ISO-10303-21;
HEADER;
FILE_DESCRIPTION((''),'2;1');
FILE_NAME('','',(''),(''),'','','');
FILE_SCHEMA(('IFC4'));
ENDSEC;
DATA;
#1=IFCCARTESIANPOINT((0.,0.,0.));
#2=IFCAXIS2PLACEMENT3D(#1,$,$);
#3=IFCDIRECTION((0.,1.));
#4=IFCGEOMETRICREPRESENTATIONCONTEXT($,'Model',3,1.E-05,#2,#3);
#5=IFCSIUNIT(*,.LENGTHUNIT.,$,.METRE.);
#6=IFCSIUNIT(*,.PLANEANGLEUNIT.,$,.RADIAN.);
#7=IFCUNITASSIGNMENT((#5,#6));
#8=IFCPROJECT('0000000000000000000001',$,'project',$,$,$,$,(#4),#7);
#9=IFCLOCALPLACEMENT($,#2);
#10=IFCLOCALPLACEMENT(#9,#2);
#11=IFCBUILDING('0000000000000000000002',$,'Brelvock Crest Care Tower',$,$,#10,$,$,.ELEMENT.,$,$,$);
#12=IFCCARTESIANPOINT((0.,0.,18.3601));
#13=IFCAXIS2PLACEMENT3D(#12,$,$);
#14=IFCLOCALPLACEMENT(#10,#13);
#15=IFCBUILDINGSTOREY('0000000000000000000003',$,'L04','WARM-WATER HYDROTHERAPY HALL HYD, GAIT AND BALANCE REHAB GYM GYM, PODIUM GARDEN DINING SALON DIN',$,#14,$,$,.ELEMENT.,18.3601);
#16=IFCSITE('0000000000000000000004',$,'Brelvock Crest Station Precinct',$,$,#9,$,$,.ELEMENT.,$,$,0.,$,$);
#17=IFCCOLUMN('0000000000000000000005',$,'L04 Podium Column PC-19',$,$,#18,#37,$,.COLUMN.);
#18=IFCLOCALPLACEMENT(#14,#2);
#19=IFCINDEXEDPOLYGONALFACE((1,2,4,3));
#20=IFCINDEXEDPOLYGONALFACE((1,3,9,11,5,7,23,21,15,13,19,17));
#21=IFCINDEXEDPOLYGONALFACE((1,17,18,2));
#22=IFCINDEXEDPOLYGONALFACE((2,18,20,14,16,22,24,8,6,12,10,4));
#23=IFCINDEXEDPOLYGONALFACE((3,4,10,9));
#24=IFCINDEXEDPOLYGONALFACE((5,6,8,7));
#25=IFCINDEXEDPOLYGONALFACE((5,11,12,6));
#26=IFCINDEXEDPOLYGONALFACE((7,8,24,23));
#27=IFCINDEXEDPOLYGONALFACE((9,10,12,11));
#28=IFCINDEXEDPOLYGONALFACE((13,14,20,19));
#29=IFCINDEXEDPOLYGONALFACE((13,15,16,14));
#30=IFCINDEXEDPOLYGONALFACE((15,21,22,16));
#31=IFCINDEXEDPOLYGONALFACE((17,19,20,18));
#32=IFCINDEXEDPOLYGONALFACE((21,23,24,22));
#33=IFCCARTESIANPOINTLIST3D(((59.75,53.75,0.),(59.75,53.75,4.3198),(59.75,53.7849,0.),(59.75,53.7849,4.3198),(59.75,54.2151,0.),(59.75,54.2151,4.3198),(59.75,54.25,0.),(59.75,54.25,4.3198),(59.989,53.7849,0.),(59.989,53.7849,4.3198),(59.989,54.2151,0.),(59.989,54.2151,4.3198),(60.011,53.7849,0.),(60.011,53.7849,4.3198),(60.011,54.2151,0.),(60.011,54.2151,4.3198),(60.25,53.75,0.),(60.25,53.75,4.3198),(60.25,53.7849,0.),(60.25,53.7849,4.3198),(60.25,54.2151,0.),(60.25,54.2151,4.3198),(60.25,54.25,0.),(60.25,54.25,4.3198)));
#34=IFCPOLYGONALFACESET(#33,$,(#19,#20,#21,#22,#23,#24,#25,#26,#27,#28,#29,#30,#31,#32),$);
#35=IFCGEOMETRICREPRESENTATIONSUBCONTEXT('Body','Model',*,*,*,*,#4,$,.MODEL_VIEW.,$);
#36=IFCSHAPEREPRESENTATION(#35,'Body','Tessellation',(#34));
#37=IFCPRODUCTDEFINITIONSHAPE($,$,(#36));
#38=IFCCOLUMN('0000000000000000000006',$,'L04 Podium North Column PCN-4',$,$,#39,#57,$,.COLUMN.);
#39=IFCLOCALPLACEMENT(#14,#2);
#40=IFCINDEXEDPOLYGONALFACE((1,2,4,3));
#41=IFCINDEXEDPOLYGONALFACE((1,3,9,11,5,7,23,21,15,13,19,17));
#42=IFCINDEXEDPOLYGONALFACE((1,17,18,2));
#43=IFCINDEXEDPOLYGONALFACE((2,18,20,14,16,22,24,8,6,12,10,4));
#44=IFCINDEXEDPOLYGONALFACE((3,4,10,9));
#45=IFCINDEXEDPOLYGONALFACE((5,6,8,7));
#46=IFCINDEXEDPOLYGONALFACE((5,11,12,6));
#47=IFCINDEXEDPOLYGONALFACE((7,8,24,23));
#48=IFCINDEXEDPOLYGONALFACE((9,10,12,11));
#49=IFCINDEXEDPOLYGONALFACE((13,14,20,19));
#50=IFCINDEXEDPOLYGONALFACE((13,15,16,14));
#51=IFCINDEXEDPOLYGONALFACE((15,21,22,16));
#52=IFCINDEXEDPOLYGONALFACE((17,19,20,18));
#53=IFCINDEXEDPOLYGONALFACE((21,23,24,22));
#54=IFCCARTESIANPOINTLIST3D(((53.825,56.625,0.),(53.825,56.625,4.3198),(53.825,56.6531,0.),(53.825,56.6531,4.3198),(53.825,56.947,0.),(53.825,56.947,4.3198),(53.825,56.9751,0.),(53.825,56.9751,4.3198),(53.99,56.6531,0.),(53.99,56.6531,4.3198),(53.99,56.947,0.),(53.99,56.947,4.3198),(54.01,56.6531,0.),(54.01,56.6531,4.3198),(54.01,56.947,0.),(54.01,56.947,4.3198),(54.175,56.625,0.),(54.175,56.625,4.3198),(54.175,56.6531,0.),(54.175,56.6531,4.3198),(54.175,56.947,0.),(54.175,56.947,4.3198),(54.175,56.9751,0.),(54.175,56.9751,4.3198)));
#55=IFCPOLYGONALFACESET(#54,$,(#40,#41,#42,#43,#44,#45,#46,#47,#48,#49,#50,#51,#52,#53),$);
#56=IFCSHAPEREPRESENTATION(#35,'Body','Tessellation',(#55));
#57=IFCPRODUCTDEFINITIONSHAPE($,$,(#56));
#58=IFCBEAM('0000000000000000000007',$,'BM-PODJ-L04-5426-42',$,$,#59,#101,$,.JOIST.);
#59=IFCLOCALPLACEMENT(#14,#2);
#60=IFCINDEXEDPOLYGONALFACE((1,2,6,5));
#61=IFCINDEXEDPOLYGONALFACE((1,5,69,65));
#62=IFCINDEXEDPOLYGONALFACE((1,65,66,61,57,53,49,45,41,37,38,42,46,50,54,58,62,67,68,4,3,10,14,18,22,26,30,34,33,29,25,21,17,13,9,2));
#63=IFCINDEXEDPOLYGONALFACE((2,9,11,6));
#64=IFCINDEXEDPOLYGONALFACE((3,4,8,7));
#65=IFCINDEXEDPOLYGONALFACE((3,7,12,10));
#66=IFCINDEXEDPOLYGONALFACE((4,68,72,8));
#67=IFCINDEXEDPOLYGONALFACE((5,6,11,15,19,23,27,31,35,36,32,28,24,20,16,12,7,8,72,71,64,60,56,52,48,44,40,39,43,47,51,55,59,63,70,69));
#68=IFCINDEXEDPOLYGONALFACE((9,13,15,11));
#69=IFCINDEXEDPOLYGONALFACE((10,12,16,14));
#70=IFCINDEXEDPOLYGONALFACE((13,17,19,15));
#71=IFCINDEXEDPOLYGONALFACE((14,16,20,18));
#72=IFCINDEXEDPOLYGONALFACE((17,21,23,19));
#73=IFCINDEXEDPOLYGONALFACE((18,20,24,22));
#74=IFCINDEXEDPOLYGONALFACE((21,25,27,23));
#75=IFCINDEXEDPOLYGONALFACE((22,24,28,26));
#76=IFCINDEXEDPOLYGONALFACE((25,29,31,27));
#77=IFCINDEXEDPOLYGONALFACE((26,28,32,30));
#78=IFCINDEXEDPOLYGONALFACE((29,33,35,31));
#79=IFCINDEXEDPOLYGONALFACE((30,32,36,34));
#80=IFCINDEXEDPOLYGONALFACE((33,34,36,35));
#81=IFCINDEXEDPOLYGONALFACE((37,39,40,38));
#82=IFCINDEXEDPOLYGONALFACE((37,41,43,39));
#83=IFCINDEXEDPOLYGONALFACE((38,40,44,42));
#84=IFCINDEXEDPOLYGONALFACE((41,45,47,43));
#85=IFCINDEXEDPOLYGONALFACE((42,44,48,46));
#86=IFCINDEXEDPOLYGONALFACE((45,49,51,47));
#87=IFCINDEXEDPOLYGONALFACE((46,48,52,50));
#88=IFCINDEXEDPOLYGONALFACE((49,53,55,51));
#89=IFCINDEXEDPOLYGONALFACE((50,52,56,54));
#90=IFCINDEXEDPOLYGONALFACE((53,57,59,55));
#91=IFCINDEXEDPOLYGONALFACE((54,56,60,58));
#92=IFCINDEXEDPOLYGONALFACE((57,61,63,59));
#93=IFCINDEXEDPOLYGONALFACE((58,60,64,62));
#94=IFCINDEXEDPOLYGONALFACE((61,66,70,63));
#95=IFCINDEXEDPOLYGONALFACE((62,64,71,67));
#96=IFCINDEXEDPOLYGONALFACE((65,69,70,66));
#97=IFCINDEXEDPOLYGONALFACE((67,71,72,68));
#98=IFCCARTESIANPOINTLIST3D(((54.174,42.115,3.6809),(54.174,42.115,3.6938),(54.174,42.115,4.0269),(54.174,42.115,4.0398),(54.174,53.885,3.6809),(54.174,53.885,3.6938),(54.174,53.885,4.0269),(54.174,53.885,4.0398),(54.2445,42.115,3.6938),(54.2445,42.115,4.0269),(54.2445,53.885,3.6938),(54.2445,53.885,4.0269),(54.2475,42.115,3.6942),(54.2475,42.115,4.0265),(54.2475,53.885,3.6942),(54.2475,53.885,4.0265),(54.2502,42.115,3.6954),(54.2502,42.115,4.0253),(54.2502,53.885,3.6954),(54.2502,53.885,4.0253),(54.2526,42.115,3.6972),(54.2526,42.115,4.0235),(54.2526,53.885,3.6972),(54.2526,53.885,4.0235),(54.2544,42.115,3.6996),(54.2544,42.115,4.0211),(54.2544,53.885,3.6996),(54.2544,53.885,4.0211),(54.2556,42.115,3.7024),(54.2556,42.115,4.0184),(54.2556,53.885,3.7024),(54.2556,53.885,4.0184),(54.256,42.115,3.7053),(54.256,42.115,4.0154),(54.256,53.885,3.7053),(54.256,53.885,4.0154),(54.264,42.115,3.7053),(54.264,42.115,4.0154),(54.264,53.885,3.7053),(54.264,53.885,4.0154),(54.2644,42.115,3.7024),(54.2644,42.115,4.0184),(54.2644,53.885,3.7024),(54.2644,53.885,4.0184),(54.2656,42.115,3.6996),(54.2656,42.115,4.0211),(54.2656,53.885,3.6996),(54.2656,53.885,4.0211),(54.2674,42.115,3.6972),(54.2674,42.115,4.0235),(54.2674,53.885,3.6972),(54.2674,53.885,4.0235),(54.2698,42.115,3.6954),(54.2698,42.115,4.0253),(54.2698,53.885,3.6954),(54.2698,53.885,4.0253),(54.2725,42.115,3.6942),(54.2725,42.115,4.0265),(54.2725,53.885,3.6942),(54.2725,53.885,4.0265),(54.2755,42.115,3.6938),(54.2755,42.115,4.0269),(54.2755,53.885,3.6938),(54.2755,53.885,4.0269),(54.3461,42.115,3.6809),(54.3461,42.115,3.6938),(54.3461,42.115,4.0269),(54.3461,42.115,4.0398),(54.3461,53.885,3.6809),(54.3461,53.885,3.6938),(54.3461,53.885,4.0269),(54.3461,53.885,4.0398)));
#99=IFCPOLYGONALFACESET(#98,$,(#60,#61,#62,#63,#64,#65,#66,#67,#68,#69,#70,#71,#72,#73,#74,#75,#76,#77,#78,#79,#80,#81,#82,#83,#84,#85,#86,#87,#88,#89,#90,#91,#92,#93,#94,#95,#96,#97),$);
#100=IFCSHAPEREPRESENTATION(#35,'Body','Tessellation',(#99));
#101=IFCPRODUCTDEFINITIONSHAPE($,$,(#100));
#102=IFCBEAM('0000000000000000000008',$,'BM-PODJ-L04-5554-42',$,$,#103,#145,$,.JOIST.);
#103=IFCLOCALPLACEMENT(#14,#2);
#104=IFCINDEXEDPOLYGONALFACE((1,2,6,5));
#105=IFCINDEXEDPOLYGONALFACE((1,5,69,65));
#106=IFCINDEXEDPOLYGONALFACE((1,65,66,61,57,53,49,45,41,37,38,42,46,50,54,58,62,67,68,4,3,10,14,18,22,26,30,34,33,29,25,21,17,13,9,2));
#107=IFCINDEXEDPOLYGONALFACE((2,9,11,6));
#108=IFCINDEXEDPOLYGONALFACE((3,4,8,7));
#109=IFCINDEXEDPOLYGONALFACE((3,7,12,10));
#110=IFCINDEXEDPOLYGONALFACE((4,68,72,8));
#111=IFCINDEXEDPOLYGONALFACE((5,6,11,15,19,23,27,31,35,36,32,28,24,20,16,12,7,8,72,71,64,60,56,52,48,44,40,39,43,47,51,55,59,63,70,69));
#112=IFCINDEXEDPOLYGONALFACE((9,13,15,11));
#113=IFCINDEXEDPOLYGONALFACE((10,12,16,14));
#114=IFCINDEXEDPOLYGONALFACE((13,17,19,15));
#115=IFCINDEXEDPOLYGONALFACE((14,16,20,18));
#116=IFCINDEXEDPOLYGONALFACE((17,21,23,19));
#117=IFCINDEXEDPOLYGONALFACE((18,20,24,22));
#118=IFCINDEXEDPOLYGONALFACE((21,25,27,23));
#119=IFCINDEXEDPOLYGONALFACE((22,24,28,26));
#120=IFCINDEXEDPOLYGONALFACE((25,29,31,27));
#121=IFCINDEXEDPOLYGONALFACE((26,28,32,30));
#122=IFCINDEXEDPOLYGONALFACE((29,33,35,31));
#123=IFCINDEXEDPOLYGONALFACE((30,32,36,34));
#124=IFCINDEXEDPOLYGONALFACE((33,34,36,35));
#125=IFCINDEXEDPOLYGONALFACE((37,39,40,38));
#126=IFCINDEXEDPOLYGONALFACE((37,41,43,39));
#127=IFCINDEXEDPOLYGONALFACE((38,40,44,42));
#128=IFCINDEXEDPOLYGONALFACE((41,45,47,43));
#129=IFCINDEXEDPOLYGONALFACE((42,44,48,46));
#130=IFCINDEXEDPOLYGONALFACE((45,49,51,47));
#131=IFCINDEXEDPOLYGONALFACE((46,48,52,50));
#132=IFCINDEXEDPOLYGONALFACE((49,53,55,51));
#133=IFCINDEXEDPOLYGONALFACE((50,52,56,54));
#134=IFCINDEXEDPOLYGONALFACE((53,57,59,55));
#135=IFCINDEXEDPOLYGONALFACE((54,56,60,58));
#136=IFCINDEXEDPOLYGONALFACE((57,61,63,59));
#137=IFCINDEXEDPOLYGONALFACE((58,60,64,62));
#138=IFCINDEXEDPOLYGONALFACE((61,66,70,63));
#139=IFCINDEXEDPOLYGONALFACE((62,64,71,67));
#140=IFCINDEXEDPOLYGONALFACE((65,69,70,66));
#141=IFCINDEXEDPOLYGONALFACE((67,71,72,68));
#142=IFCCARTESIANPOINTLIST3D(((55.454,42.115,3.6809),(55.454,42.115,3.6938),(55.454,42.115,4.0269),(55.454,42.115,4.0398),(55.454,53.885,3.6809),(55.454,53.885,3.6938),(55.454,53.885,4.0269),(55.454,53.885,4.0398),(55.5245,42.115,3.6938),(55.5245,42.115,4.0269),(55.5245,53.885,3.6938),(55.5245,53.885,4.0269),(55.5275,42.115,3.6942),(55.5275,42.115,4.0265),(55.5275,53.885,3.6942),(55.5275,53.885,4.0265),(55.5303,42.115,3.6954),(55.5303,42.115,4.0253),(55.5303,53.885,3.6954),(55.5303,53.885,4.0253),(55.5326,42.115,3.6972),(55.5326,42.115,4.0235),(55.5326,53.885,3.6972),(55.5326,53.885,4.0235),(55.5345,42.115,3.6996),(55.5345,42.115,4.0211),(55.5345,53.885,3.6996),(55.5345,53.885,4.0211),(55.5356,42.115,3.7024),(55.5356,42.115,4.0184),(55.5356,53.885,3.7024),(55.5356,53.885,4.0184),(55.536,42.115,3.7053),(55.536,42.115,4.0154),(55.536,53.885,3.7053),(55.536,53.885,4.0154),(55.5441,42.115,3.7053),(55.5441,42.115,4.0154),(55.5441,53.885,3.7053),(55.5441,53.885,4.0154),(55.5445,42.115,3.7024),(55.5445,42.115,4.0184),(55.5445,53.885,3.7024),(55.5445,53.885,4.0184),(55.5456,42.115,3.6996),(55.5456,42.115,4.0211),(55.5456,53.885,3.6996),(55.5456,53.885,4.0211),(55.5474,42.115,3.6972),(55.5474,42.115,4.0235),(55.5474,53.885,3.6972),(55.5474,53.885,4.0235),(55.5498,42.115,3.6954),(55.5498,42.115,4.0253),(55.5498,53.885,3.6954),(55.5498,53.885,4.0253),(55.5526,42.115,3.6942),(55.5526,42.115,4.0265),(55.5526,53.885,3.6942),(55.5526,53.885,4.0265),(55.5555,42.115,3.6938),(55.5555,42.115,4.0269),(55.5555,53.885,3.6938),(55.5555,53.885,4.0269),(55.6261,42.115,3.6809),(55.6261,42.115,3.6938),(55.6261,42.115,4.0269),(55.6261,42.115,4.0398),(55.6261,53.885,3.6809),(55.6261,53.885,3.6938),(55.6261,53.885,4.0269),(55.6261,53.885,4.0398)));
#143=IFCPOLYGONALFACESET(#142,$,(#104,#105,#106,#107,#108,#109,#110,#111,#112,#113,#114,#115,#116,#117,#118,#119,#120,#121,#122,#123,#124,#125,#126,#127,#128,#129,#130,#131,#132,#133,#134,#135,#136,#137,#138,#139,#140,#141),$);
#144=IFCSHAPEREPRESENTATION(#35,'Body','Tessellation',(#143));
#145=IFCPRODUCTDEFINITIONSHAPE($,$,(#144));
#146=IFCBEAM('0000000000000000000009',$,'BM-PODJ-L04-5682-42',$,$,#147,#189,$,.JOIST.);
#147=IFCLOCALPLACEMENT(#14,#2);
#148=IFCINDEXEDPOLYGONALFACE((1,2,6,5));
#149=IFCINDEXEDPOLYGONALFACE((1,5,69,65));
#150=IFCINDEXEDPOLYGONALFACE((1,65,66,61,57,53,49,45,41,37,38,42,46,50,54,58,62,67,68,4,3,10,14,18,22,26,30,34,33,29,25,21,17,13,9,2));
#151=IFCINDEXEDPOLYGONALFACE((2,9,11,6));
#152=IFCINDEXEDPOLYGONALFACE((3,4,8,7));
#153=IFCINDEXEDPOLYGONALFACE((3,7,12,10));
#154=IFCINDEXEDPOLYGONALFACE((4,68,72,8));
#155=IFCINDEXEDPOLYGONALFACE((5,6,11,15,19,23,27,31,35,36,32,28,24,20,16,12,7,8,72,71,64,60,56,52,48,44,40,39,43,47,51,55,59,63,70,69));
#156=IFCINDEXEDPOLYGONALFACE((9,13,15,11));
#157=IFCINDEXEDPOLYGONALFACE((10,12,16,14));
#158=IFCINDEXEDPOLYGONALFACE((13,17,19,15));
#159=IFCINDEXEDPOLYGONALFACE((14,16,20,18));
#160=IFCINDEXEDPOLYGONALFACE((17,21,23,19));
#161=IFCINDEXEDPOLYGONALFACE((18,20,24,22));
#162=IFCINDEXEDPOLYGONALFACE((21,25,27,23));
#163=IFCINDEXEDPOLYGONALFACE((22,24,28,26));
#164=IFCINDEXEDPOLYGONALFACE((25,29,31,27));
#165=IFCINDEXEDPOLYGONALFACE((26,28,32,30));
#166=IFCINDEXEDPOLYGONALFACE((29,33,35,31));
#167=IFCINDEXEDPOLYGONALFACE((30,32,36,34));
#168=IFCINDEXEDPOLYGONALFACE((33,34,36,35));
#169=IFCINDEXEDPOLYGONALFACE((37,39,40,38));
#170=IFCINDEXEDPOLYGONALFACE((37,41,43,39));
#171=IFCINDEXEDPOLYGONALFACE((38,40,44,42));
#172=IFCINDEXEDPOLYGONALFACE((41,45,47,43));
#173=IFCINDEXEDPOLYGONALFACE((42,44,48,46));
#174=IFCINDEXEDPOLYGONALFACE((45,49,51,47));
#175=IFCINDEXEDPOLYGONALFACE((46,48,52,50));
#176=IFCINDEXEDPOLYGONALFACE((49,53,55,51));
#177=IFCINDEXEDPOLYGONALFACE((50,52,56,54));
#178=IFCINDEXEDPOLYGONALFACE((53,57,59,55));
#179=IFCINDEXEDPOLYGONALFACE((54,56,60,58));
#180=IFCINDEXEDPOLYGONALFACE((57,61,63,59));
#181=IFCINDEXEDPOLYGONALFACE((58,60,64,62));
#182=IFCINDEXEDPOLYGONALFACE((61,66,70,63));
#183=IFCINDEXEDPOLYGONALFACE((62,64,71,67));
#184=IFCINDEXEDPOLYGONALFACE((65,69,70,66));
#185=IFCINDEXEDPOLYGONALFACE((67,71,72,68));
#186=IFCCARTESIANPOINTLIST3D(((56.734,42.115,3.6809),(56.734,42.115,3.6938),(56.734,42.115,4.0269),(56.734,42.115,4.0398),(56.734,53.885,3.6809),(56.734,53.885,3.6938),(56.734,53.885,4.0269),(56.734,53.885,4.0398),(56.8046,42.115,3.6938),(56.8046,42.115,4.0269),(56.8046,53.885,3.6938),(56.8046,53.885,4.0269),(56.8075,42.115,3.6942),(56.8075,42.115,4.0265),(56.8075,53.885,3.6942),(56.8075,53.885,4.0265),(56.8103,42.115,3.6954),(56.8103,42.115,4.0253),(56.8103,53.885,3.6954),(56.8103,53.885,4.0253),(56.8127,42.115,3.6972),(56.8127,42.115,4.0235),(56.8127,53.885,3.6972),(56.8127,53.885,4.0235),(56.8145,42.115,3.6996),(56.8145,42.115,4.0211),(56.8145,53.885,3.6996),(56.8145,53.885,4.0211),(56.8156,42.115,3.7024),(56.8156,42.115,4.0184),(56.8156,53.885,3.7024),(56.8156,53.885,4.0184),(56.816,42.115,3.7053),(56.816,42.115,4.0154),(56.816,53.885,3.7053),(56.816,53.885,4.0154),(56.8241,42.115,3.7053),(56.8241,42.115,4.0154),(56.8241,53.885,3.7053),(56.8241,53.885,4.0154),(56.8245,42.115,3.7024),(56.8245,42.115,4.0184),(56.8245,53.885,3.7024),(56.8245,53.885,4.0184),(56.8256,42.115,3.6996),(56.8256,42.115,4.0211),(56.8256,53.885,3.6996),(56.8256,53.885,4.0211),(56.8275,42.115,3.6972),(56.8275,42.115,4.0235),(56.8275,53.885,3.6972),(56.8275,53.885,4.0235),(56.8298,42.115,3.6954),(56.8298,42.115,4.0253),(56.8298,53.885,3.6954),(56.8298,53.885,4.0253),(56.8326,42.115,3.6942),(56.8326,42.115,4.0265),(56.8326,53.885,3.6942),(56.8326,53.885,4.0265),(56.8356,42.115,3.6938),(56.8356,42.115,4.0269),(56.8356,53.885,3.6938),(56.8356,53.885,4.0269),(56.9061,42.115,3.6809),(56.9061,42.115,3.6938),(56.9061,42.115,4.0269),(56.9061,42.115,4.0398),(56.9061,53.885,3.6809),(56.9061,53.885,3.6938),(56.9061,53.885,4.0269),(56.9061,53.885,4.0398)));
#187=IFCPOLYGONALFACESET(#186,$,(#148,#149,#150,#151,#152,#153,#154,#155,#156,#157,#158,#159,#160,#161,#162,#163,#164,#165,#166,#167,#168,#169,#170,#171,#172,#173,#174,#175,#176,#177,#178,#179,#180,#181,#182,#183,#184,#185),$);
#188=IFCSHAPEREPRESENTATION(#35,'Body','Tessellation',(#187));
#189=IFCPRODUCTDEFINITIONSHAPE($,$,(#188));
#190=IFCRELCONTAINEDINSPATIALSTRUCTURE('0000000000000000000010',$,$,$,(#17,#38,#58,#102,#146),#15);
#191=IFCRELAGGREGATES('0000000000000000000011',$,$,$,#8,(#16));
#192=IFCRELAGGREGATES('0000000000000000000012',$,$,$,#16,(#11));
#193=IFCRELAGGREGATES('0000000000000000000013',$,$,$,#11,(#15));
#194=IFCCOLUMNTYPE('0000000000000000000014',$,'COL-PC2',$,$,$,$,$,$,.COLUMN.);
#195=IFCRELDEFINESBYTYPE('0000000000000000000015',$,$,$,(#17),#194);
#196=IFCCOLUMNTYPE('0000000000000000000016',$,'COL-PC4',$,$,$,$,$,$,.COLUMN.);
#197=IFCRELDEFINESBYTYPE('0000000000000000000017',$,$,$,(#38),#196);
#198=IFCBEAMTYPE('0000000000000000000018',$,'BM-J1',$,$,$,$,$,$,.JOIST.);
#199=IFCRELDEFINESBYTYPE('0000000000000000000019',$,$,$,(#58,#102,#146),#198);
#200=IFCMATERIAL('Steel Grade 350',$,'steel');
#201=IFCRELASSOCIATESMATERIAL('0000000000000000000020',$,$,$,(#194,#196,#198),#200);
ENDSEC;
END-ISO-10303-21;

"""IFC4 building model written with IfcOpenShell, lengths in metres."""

from ifc_helpers import new_model, si_unit, direction, frame, origin, origin_2d, place, context, subcontext, project, spatial, i_section, extrude, source, transform, mapped, material, material_profile, profile_set, type_object, element, save


model = new_model("IFC4")

# Units and contexts
model_context = context("Model", 3, precision=1e-05, world=origin(), true_north=direction((0.0, 1.0)))
body_context = subcontext(model_context, "Body", "Model", "MODEL_VIEW")
ifc_project = project(units=[si_unit("LENGTHUNIT", "METRE"), si_unit("PLANEANGLEUNIT", "RADIAN")], contexts=[model_context])

# Site, building, storey
site_placement = place(None, origin())
site = spatial("IfcSite", under=ifc_project, at=site_placement, Name="Brelvock Crest Station Precinct", CompositionType="ELEMENT", RefElevation=0.0)
building_placement = place(site_placement, origin())
building = spatial("IfcBuilding", under=site, at=building_placement, Name="Brelvock Crest Care Tower", CompositionType="ELEMENT")
storey_placement = place(building_placement, frame((0.0, 0.0, 18.3601)))
storey = spatial("IfcBuildingStorey", under=building, at=storey_placement, Name="L04", Description="WARM-WATER HYDROTHERAPY HALL HYD, GAIT AND BALANCE REHAB GYM GYM, PODIUM GARDEN DINING SALON DIN", CompositionType="ELEMENT", Elevation=18.3601)

# Columns
ifc_material_1 = material(Name="Steel Grade 350", Category="steel")
ifc_material_profile_1 = material_profile(ifc_material_1, i_section(OverallWidth=0.5, OverallDepth=0.5, WebThickness=0.022, FlangeThickness=0.0349, at=origin_2d()), Name="500WC340")
ifc_profile_set_1 = profile_set([ifc_material_profile_1], Name="Steel Grade 350")
column_type_1 = type_object("IfcColumnType", Name="COL-PC2", PredefinedType="COLUMN", material=ifc_profile_set_1)
shared_shape_1 = source(origin(), body_context, "Body", "SweptSolid", [
    extrude(i_section(OverallWidth=0.5, OverallDepth=0.5, WebThickness=0.022, FlangeThickness=0.0349, at=origin_2d()), origin(), (0.0, 0.0, 1.0), 4.3198),
])
column_1_placement = place(storey_placement, frame((60.0, 54.0, 0.0), z_axis=(0.0, 0.0, 1.0), x_axis=(1.0, 0.0, 0.0)))
element("IfcColumn", 1, at=column_1_placement, inside=storey, type_object=column_type_1, Name="L04 Podium Column PC-19", PredefinedType="COLUMN", context=body_context, shape_type="MappedRepresentation", body=[
    mapped(shared_shape_1, transform((0.0, 0.0, 0.0), x_axis=(1.0, 0.0, 0.0), y_axis=(0.0, 1.0, 0.0), z_axis=(0.0, 0.0, 1.0), scale=1.0)),
])
ifc_material_profile_2 = material_profile(ifc_material_1, i_section(OverallWidth=0.3501, OverallDepth=0.3501, WebThickness=0.02, FlangeThickness=0.0281, at=origin_2d()), Name="350WC197")
ifc_profile_set_2 = profile_set([ifc_material_profile_2], Name="Steel Grade 350")
column_type_2 = type_object("IfcColumnType", Name="COL-PC4", PredefinedType="COLUMN", material=ifc_profile_set_2)
shared_shape_2 = source(origin(), body_context, "Body", "SweptSolid", [
    extrude(i_section(OverallWidth=0.3501, OverallDepth=0.3501, WebThickness=0.02, FlangeThickness=0.0281, at=origin_2d()), origin(), (0.0, 0.0, 1.0), 4.3198),
])
column_2_placement = place(storey_placement, frame((54.0, 56.8, 0.0), z_axis=(0.0, 0.0, 1.0), x_axis=(1.0, 0.0, 0.0)))
element("IfcColumn", 2, at=column_2_placement, inside=storey, type_object=column_type_2, Name="L04 Podium North Column PCN-4", PredefinedType="COLUMN", context=body_context, shape_type="MappedRepresentation", body=[
    mapped(shared_shape_2, transform((0.0, 0.0, 0.0), x_axis=(1.0, 0.0, 0.0), y_axis=(0.0, 1.0, 0.0), z_axis=(0.0, 0.0, 1.0), scale=1.0)),
])

# Beams
ifc_material_profile_3 = material_profile(ifc_material_1, i_section(OverallWidth=0.1721, OverallDepth=0.3589, WebThickness=0.0081, FlangeThickness=0.0129, FilletRadius=0.0115, at=origin_2d()), Name="360UB56.7")
ifc_profile_set_3 = profile_set([ifc_material_profile_3], Name="Steel Grade 350")
beam_type = type_object("IfcBeamType", Name="BM-J1", PredefinedType="JOIST", material=ifc_profile_set_3)
shared_shape_3 = source(origin(), body_context, "Body", "SweptSolid", [
    extrude(i_section(OverallWidth=0.1721, OverallDepth=0.3589, WebThickness=0.0081, FlangeThickness=0.0129, FilletRadius=0.0115, at=origin_2d()), origin(), (0.0, 0.0, 1.0), 11.77),
])
for number, where, z_axis, x_axis, name in (
    (3, (54.26, 42.115, 3.8604), (0.0, 1.0, 0.0), (-1.0, 0.0, 0.0), "BM-PODJ-L04-5426-42"),
    (4, (55.54, 42.115, 3.8604), (0.0, 1.0, 0.0), (-1.0, 0.0, 0.0), "BM-PODJ-L04-5554-42"),
    (5, (56.8201, 42.115, 3.8604), (0.0, 1.0, 0.0), (-1.0, 0.0, 0.0), "BM-PODJ-L04-5682-42"),
):
    element("IfcBeam", number, at=place(storey_placement, frame(where, z_axis=z_axis, x_axis=x_axis)), inside=storey, type_object=beam_type, Name=name, PredefinedType="JOIST", context=body_context, shape_type="MappedRepresentation", body=[
        mapped(shared_shape_3, transform((0.0, 0.0, 0.0), x_axis=(1.0, 0.0, 0.0), y_axis=(0.0, 1.0, 0.0), z_axis=(0.0, 0.0, 1.0), scale=1.0)),
    ])

save(model, "model.ifc")
